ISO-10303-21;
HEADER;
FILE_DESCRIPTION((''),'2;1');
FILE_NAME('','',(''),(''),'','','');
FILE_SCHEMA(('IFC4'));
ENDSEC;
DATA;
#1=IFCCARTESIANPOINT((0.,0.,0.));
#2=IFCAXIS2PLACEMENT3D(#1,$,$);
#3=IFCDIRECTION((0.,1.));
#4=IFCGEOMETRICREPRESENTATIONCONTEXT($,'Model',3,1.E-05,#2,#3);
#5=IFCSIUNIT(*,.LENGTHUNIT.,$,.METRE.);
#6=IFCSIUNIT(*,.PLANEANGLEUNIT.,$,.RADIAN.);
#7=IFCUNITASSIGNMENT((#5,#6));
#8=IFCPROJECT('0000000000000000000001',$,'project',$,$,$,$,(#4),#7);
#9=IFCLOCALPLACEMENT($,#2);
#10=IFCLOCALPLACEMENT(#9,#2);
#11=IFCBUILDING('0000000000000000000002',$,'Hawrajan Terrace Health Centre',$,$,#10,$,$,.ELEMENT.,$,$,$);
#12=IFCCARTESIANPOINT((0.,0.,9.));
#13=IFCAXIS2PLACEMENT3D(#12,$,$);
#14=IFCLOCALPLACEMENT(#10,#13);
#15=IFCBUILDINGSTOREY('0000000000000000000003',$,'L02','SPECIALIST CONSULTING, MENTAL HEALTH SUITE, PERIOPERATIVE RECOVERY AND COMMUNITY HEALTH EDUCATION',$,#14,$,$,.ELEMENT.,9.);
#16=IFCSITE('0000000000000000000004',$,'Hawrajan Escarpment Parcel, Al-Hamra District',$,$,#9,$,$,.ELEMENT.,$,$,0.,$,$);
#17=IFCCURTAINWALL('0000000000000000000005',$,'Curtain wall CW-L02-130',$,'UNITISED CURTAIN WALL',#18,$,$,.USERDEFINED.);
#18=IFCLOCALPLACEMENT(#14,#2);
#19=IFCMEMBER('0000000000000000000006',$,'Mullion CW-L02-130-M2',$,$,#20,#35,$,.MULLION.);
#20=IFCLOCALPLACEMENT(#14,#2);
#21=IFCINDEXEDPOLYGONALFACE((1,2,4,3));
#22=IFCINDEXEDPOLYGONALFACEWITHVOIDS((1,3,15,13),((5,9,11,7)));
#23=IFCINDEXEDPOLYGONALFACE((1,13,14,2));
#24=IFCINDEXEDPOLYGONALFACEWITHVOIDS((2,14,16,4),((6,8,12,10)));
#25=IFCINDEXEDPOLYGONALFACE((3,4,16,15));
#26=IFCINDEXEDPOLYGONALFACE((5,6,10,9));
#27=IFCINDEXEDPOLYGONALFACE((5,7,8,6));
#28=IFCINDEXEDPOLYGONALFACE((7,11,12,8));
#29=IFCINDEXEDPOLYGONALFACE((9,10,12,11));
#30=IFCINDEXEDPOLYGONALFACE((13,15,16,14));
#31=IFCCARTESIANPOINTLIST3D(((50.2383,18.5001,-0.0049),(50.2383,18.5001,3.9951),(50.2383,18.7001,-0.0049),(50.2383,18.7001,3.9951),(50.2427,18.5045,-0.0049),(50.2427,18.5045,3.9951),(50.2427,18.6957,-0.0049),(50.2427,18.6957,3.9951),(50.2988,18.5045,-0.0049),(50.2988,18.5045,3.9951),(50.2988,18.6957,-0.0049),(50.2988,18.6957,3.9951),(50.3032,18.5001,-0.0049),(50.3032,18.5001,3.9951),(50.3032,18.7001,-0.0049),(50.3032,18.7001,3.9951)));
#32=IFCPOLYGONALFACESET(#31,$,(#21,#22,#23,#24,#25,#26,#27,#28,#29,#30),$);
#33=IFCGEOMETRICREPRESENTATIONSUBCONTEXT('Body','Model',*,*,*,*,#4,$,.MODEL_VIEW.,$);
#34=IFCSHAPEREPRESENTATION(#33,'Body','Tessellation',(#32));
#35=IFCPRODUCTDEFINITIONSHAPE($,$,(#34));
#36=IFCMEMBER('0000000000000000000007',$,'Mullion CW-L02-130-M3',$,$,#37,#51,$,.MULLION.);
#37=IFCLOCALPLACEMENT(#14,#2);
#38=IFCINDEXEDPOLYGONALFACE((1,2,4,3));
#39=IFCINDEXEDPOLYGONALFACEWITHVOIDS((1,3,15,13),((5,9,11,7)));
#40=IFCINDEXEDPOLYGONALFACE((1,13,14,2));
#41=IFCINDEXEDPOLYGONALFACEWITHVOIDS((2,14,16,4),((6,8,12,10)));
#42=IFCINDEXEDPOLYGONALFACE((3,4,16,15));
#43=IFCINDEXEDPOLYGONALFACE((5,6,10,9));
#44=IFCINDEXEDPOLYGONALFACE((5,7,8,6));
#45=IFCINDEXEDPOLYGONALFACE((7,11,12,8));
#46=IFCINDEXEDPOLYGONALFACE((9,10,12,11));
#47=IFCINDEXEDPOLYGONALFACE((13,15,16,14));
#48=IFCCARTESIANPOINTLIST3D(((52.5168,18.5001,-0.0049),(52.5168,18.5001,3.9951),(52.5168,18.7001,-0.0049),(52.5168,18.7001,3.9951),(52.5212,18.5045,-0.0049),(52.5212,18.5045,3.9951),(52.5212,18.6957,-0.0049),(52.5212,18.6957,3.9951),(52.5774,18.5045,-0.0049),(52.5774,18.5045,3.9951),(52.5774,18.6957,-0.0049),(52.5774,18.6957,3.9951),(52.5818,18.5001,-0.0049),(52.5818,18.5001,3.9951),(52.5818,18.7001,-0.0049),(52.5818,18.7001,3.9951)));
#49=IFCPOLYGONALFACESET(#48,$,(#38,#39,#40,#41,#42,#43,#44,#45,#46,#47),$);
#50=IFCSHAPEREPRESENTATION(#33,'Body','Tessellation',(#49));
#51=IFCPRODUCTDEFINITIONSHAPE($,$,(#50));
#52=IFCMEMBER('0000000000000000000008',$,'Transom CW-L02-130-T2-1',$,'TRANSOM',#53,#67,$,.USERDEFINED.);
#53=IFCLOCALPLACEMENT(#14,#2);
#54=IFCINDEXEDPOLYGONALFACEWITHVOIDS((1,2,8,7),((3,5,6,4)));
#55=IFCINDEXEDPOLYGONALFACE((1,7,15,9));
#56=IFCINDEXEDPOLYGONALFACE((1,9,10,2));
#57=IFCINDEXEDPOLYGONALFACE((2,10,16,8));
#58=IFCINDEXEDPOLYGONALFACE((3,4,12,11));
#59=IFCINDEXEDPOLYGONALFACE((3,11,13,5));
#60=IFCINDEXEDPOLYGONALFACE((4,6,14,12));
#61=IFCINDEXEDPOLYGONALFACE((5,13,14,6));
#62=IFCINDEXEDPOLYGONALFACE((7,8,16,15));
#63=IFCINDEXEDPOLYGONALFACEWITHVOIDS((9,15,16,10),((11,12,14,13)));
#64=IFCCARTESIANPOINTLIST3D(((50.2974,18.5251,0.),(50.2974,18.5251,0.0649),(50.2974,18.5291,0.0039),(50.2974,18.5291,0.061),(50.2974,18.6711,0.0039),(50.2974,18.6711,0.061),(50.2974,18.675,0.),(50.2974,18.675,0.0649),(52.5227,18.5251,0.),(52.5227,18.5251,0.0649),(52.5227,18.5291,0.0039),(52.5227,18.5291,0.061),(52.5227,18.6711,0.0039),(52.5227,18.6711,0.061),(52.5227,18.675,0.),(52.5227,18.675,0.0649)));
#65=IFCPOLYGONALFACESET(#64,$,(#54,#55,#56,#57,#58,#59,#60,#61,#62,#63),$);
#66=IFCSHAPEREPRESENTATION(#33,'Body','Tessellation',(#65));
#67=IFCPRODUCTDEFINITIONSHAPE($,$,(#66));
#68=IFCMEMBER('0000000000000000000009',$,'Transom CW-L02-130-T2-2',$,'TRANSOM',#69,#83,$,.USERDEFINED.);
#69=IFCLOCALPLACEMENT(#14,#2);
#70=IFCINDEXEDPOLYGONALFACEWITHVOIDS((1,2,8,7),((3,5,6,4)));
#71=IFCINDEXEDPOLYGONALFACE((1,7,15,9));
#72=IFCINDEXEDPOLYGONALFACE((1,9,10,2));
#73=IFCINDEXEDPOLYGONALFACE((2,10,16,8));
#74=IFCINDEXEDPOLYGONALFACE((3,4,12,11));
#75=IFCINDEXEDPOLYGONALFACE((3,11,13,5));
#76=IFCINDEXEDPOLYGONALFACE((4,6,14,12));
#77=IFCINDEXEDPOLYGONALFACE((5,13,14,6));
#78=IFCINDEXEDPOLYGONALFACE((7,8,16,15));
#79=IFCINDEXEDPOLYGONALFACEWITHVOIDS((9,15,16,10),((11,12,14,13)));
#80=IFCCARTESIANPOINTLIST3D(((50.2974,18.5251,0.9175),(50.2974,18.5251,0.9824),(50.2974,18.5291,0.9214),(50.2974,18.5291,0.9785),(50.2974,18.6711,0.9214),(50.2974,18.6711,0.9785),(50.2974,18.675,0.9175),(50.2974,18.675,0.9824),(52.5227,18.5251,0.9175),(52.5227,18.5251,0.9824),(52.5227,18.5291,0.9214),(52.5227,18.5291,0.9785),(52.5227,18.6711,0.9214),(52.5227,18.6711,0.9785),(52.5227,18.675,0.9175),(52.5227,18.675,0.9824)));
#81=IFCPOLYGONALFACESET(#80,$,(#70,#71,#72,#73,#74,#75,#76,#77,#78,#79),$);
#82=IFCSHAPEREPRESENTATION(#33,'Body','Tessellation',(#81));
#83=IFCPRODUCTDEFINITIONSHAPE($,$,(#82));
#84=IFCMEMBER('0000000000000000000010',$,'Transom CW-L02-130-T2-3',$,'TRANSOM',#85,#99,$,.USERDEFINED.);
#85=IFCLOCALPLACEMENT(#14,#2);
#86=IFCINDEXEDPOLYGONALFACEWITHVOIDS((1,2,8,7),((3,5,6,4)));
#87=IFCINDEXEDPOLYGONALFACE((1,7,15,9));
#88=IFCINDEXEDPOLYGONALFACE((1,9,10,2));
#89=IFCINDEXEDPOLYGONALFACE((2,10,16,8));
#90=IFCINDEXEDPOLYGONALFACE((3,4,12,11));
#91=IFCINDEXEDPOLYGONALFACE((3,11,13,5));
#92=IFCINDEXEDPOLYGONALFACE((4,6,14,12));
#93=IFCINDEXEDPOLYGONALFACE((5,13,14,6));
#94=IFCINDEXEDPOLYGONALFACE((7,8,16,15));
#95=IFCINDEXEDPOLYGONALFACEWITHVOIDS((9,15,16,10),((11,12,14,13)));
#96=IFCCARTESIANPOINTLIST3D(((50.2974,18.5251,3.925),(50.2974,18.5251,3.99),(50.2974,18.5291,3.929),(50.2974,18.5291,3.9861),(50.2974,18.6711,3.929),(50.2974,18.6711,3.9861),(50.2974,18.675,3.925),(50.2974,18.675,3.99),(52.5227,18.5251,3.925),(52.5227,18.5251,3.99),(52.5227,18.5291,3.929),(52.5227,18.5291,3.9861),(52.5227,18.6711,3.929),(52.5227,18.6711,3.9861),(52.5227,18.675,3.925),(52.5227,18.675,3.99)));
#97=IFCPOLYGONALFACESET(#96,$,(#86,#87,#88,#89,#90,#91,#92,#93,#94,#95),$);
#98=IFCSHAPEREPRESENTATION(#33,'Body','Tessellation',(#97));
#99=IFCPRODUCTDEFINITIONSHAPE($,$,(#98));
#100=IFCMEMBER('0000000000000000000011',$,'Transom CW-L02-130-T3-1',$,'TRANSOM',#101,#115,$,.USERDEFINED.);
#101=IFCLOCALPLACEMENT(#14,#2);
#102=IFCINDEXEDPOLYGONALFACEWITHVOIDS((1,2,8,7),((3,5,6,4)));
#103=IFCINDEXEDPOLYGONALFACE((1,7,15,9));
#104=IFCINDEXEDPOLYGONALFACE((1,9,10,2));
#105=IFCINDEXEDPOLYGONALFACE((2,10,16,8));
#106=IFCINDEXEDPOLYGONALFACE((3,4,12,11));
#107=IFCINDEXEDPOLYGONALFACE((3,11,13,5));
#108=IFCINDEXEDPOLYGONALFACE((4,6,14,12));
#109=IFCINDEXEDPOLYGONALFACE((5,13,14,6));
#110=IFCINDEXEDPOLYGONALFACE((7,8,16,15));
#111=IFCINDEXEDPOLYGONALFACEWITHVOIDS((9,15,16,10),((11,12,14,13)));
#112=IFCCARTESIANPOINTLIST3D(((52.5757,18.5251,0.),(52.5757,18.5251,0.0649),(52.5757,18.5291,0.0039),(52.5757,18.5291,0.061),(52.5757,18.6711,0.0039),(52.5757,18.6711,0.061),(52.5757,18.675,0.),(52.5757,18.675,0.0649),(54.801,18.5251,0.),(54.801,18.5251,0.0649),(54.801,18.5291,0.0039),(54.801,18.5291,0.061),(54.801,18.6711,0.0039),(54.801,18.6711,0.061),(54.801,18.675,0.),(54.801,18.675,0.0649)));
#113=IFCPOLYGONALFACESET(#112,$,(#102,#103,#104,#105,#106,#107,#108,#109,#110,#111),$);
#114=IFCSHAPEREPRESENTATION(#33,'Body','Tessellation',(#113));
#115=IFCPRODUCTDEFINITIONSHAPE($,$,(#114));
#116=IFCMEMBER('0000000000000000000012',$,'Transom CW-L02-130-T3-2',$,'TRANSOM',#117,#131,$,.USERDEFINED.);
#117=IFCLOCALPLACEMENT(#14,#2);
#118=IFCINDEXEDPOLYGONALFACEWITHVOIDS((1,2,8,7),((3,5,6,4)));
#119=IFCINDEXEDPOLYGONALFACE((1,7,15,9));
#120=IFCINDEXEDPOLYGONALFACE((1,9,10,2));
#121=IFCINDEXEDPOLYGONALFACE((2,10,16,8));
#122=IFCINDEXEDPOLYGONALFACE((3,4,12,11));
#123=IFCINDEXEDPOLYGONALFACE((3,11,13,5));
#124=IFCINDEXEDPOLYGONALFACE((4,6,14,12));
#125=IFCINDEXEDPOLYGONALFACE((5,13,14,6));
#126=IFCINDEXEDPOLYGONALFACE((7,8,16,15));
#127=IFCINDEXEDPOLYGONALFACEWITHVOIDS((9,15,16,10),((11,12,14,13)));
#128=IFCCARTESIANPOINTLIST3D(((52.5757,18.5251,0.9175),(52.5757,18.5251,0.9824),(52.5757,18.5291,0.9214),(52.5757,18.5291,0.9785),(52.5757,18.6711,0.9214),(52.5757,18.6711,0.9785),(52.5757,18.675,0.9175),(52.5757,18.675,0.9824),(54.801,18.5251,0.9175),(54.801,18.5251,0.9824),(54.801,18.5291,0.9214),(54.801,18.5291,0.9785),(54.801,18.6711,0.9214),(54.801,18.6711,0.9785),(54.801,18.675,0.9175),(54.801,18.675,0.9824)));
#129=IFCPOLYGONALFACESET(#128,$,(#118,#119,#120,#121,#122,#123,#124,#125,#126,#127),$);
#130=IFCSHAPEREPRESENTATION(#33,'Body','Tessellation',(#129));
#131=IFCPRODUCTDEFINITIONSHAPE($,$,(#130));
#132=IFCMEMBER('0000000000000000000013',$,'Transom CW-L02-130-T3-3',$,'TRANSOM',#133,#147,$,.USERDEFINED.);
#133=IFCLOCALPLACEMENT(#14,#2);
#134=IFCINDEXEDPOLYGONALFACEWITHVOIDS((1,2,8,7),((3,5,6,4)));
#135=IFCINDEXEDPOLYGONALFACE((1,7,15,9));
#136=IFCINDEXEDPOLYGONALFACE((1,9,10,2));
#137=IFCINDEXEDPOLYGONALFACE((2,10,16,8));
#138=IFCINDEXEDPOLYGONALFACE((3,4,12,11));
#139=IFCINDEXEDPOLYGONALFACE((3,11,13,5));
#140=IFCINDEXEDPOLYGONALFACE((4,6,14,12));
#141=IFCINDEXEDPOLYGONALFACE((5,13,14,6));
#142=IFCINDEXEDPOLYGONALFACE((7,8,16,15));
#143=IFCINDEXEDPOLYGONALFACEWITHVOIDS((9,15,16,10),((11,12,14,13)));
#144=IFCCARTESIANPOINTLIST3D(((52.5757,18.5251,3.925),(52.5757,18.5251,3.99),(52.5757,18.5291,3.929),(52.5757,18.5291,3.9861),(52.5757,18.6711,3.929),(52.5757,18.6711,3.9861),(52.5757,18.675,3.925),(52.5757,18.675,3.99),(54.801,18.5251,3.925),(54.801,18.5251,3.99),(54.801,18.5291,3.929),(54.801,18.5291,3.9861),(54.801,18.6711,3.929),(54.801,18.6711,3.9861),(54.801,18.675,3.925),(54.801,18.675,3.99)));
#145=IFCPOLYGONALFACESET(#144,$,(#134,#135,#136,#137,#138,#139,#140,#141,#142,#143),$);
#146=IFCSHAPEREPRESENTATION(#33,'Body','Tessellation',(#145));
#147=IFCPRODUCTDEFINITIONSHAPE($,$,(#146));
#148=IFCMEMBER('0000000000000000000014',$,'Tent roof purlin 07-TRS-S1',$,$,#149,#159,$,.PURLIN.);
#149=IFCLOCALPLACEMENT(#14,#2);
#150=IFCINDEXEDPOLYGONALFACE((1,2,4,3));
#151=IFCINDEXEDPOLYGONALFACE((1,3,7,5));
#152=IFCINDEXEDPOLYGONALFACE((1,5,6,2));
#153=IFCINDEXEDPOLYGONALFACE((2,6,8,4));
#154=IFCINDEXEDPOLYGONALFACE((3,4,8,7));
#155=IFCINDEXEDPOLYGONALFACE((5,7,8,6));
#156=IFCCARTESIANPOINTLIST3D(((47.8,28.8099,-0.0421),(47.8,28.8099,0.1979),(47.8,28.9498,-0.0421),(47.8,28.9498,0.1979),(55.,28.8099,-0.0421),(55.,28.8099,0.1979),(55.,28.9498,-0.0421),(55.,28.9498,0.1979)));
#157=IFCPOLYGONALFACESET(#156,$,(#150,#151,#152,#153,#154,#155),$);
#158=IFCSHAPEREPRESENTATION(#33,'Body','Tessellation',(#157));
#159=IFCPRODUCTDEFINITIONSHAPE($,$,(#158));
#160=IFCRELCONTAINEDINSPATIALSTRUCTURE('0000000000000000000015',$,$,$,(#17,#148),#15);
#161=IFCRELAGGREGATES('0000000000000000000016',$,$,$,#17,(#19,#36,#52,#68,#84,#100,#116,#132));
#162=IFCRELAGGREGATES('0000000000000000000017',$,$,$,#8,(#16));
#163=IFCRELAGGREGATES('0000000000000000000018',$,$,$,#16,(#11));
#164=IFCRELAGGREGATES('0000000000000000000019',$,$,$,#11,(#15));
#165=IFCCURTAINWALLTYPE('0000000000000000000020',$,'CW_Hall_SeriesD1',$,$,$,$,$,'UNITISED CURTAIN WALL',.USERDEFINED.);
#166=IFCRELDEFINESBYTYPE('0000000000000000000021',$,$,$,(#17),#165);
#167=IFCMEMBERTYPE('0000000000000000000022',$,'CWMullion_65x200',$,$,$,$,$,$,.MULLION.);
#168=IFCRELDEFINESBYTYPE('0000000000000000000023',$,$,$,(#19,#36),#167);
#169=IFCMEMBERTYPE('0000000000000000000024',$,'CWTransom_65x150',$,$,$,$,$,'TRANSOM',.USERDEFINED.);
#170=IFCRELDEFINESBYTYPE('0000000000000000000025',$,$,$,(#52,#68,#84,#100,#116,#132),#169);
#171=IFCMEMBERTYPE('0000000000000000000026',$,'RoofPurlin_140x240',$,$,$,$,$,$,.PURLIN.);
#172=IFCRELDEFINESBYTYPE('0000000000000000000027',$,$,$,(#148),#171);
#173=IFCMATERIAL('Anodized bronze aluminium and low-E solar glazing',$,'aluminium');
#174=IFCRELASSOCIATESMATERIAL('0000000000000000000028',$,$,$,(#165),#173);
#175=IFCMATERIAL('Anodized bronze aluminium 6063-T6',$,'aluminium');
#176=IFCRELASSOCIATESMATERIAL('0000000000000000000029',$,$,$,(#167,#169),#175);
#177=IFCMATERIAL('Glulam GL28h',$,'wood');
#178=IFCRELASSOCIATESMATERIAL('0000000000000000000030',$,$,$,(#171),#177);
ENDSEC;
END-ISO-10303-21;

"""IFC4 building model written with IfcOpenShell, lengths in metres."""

from ifc_helpers import new_model, si_unit, direction, frame, origin, origin_2d, place, context, subcontext, project, spatial, rectangle, hollow_rectangle, extrude, material, material_profile, profile_set, type_object, element, aggregate, save


model = new_model("IFC4")

# Units and contexts
model_context = context("Model", 3, precision=1e-05, world=origin(), true_north=direction((0.0, 1.0)))
body_context = subcontext(model_context, "Body", "Model", "MODEL_VIEW")
ifc_project = project(units=[si_unit("LENGTHUNIT", "METRE"), si_unit("PLANEANGLEUNIT", "RADIAN")], contexts=[model_context])

# Site, building, storey
site_placement = place(None, origin())
site = spatial("IfcSite", under=ifc_project, at=site_placement, Name="Hawrajan Escarpment Parcel, Al-Hamra District", CompositionType="ELEMENT", RefElevation=0.0)
building_placement = place(site_placement, origin())
building = spatial("IfcBuilding", under=site, at=building_placement, Name="Hawrajan Terrace Health Centre", CompositionType="ELEMENT")
storey_placement = place(building_placement, frame((0.0, 0.0, 9.0)))
storey = spatial("IfcBuildingStorey", under=building, at=storey_placement, Name="L02", Description="SPECIALIST CONSULTING, MENTAL HEALTH SUITE, PERIOPERATIVE RECOVERY AND COMMUNITY HEALTH EDUCATION", CompositionType="ELEMENT", Elevation=9.0)

# Curtain wall, members
ifc_material_1 = material(Name="Anodized bronze aluminium and low-E solar glazing", Category="aluminium")
curtain_wall_type = type_object("IfcCurtainWallType", Name="CW_Hall_SeriesD1", ElementType="UNITISED CURTAIN WALL", PredefinedType="USERDEFINED", material=ifc_material_1)
curtain_wall_placement = place(storey_placement, origin())
curtain_wall = element("IfcCurtainWall", 1, at=curtain_wall_placement, inside=storey, type_object=curtain_wall_type, Name="Curtain wall CW-L02-130", ObjectType="UNITISED CURTAIN WALL", PredefinedType="USERDEFINED")
ifc_material_2 = material(Name="Anodized bronze aluminium 6063-T6", Category="aluminium")
ifc_material_profile_1 = material_profile(ifc_material_2, hollow_rectangle(XDim=0.0649, YDim=0.2, WallThickness=0.0044, at=origin_2d()), Name="CW MUL 65x200")
ifc_profile_set_1 = profile_set([ifc_material_profile_1], Name="Anodized bronze aluminium 6063-T6")
member_type_1 = type_object("IfcMemberType", Name="CWMullion_65x200", PredefinedType="MULLION", material=ifc_profile_set_1)
member_1_placement = place(storey_placement, frame((50.2708, 18.6001, -0.0049), z_axis=(0.0, 0.0, 1.0), x_axis=(1.0, 0.0, 0.0)))
member_1 = element("IfcMember", 2, at=member_1_placement, type_object=member_type_1, Name="Mullion CW-L02-130-M2", PredefinedType="MULLION", context=body_context, shape_type="SweptSolid", body=[
    extrude(hollow_rectangle(XDim=0.0649, YDim=0.2, WallThickness=0.0044, at=origin_2d()), origin(), (0.0, 0.0, 1.0), 4.0),
])
member_2_placement = place(storey_placement, frame((52.5493, 18.6001, -0.0049), z_axis=(0.0, 0.0, 1.0), x_axis=(1.0, 0.0, 0.0)))
member_2 = element("IfcMember", 3, at=member_2_placement, type_object=member_type_1, Name="Mullion CW-L02-130-M3", PredefinedType="MULLION", context=body_context, shape_type="SweptSolid", body=[
    extrude(hollow_rectangle(XDim=0.0649, YDim=0.2, WallThickness=0.0044, at=origin_2d()), origin(), (0.0, 0.0, 1.0), 4.0),
])
ifc_material_profile_2 = material_profile(ifc_material_2, hollow_rectangle(XDim=0.0649, YDim=0.1499, WallThickness=0.0039, at=origin_2d()), Name="CW TRN 65x150")
ifc_profile_set_2 = profile_set([ifc_material_profile_2], Name="Anodized bronze aluminium 6063-T6")
member_type_2 = type_object("IfcMemberType", Name="CWTransom_65x150", ElementType="TRANSOM", PredefinedType="USERDEFINED", material=ifc_profile_set_2)
member_3_placement = place(storey_placement, frame((50.2974, 18.6001, 0.0325), z_axis=(1.0, 0.0, 0.0), x_axis=(0.0, 0.0, 1.0)))
member_3 = element("IfcMember", 4, at=member_3_placement, type_object=member_type_2, Name="Transom CW-L02-130-T2-1", ObjectType="TRANSOM", PredefinedType="USERDEFINED", context=body_context, shape_type="SweptSolid", body=[
    extrude(hollow_rectangle(XDim=0.0649, YDim=0.1499, WallThickness=0.0039, at=origin_2d()), origin(), (0.0, 0.0, 1.0), 2.2253),
])
member_4_placement = place(storey_placement, frame((50.2974, 18.6001, 0.95), z_axis=(1.0, 0.0, 0.0), x_axis=(0.0, 0.0, 1.0)))
member_4 = element("IfcMember", 5, at=member_4_placement, type_object=member_type_2, Name="Transom CW-L02-130-T2-2", ObjectType="TRANSOM", PredefinedType="USERDEFINED", context=body_context, shape_type="SweptSolid", body=[
    extrude(hollow_rectangle(XDim=0.0649, YDim=0.1499, WallThickness=0.0039, at=origin_2d()), origin(), (0.0, 0.0, 1.0), 2.2253),
])
member_5_placement = place(storey_placement, frame((50.2974, 18.6001, 3.9575), z_axis=(1.0, 0.0, 0.0), x_axis=(0.0, 0.0, 1.0)))
member_5 = element("IfcMember", 6, at=member_5_placement, type_object=member_type_2, Name="Transom CW-L02-130-T2-3", ObjectType="TRANSOM", PredefinedType="USERDEFINED", context=body_context, shape_type="SweptSolid", body=[
    extrude(hollow_rectangle(XDim=0.0649, YDim=0.1499, WallThickness=0.0039, at=origin_2d()), origin(), (0.0, 0.0, 1.0), 2.2253),
])
member_6_placement = place(storey_placement, frame((52.5757, 18.6001, 0.0325), z_axis=(1.0, 0.0, 0.0), x_axis=(0.0, 0.0, 1.0)))
member_6 = element("IfcMember", 7, at=member_6_placement, type_object=member_type_2, Name="Transom CW-L02-130-T3-1", ObjectType="TRANSOM", PredefinedType="USERDEFINED", context=body_context, shape_type="SweptSolid", body=[
    extrude(hollow_rectangle(XDim=0.0649, YDim=0.1499, WallThickness=0.0039, at=origin_2d()), origin(), (0.0, 0.0, 1.0), 2.2253),
])
member_7_placement = place(storey_placement, frame((52.5757, 18.6001, 0.95), z_axis=(1.0, 0.0, 0.0), x_axis=(0.0, 0.0, 1.0)))
member_7 = element("IfcMember", 8, at=member_7_placement, type_object=member_type_2, Name="Transom CW-L02-130-T3-2", ObjectType="TRANSOM", PredefinedType="USERDEFINED", context=body_context, shape_type="SweptSolid", body=[
    extrude(hollow_rectangle(XDim=0.0649, YDim=0.1499, WallThickness=0.0039, at=origin_2d()), origin(), (0.0, 0.0, 1.0), 2.2253),
])
member_8_placement = place(storey_placement, frame((52.5757, 18.6001, 3.9575), z_axis=(1.0, 0.0, 0.0), x_axis=(0.0, 0.0, 1.0)))
member_8 = element("IfcMember", 9, at=member_8_placement, type_object=member_type_2, Name="Transom CW-L02-130-T3-3", ObjectType="TRANSOM", PredefinedType="USERDEFINED", context=body_context, shape_type="SweptSolid", body=[
    extrude(hollow_rectangle(XDim=0.0649, YDim=0.1499, WallThickness=0.0039, at=origin_2d()), origin(), (0.0, 0.0, 1.0), 2.2253),
])

# Member
ifc_material_3 = material(Name="Glulam GL28h", Category="wood")
ifc_material_profile_3 = material_profile(ifc_material_3, rectangle(XDim=0.1399, YDim=0.24, at=origin_2d()), Name="GL PUR 140x240")
ifc_profile_set_3 = profile_set([ifc_material_profile_3], Name="Glulam GL28h")
member_type_3 = type_object("IfcMemberType", Name="RoofPurlin_140x240", PredefinedType="PURLIN", material=ifc_profile_set_3)
member_9_placement = place(storey_placement, frame((47.8, 28.8799, 0.0779), z_axis=(1.0, 0.0, 0.0), x_axis=(0.0, 1.0, 0.0)))
element("IfcMember", 10, at=member_9_placement, inside=storey, type_object=member_type_3, Name="Tent roof purlin 07-TRS-S1", PredefinedType="PURLIN", context=body_context, shape_type="SweptSolid", body=[
    extrude(rectangle(XDim=0.1399, YDim=0.24, at=origin_2d()), origin(), (0.0, 0.0, 1.0), 7.2),
])

aggregate(curtain_wall, [member_1, member_2, member_3, member_4, member_5, member_6, member_7, member_8])

save(model, "model.ifc")
